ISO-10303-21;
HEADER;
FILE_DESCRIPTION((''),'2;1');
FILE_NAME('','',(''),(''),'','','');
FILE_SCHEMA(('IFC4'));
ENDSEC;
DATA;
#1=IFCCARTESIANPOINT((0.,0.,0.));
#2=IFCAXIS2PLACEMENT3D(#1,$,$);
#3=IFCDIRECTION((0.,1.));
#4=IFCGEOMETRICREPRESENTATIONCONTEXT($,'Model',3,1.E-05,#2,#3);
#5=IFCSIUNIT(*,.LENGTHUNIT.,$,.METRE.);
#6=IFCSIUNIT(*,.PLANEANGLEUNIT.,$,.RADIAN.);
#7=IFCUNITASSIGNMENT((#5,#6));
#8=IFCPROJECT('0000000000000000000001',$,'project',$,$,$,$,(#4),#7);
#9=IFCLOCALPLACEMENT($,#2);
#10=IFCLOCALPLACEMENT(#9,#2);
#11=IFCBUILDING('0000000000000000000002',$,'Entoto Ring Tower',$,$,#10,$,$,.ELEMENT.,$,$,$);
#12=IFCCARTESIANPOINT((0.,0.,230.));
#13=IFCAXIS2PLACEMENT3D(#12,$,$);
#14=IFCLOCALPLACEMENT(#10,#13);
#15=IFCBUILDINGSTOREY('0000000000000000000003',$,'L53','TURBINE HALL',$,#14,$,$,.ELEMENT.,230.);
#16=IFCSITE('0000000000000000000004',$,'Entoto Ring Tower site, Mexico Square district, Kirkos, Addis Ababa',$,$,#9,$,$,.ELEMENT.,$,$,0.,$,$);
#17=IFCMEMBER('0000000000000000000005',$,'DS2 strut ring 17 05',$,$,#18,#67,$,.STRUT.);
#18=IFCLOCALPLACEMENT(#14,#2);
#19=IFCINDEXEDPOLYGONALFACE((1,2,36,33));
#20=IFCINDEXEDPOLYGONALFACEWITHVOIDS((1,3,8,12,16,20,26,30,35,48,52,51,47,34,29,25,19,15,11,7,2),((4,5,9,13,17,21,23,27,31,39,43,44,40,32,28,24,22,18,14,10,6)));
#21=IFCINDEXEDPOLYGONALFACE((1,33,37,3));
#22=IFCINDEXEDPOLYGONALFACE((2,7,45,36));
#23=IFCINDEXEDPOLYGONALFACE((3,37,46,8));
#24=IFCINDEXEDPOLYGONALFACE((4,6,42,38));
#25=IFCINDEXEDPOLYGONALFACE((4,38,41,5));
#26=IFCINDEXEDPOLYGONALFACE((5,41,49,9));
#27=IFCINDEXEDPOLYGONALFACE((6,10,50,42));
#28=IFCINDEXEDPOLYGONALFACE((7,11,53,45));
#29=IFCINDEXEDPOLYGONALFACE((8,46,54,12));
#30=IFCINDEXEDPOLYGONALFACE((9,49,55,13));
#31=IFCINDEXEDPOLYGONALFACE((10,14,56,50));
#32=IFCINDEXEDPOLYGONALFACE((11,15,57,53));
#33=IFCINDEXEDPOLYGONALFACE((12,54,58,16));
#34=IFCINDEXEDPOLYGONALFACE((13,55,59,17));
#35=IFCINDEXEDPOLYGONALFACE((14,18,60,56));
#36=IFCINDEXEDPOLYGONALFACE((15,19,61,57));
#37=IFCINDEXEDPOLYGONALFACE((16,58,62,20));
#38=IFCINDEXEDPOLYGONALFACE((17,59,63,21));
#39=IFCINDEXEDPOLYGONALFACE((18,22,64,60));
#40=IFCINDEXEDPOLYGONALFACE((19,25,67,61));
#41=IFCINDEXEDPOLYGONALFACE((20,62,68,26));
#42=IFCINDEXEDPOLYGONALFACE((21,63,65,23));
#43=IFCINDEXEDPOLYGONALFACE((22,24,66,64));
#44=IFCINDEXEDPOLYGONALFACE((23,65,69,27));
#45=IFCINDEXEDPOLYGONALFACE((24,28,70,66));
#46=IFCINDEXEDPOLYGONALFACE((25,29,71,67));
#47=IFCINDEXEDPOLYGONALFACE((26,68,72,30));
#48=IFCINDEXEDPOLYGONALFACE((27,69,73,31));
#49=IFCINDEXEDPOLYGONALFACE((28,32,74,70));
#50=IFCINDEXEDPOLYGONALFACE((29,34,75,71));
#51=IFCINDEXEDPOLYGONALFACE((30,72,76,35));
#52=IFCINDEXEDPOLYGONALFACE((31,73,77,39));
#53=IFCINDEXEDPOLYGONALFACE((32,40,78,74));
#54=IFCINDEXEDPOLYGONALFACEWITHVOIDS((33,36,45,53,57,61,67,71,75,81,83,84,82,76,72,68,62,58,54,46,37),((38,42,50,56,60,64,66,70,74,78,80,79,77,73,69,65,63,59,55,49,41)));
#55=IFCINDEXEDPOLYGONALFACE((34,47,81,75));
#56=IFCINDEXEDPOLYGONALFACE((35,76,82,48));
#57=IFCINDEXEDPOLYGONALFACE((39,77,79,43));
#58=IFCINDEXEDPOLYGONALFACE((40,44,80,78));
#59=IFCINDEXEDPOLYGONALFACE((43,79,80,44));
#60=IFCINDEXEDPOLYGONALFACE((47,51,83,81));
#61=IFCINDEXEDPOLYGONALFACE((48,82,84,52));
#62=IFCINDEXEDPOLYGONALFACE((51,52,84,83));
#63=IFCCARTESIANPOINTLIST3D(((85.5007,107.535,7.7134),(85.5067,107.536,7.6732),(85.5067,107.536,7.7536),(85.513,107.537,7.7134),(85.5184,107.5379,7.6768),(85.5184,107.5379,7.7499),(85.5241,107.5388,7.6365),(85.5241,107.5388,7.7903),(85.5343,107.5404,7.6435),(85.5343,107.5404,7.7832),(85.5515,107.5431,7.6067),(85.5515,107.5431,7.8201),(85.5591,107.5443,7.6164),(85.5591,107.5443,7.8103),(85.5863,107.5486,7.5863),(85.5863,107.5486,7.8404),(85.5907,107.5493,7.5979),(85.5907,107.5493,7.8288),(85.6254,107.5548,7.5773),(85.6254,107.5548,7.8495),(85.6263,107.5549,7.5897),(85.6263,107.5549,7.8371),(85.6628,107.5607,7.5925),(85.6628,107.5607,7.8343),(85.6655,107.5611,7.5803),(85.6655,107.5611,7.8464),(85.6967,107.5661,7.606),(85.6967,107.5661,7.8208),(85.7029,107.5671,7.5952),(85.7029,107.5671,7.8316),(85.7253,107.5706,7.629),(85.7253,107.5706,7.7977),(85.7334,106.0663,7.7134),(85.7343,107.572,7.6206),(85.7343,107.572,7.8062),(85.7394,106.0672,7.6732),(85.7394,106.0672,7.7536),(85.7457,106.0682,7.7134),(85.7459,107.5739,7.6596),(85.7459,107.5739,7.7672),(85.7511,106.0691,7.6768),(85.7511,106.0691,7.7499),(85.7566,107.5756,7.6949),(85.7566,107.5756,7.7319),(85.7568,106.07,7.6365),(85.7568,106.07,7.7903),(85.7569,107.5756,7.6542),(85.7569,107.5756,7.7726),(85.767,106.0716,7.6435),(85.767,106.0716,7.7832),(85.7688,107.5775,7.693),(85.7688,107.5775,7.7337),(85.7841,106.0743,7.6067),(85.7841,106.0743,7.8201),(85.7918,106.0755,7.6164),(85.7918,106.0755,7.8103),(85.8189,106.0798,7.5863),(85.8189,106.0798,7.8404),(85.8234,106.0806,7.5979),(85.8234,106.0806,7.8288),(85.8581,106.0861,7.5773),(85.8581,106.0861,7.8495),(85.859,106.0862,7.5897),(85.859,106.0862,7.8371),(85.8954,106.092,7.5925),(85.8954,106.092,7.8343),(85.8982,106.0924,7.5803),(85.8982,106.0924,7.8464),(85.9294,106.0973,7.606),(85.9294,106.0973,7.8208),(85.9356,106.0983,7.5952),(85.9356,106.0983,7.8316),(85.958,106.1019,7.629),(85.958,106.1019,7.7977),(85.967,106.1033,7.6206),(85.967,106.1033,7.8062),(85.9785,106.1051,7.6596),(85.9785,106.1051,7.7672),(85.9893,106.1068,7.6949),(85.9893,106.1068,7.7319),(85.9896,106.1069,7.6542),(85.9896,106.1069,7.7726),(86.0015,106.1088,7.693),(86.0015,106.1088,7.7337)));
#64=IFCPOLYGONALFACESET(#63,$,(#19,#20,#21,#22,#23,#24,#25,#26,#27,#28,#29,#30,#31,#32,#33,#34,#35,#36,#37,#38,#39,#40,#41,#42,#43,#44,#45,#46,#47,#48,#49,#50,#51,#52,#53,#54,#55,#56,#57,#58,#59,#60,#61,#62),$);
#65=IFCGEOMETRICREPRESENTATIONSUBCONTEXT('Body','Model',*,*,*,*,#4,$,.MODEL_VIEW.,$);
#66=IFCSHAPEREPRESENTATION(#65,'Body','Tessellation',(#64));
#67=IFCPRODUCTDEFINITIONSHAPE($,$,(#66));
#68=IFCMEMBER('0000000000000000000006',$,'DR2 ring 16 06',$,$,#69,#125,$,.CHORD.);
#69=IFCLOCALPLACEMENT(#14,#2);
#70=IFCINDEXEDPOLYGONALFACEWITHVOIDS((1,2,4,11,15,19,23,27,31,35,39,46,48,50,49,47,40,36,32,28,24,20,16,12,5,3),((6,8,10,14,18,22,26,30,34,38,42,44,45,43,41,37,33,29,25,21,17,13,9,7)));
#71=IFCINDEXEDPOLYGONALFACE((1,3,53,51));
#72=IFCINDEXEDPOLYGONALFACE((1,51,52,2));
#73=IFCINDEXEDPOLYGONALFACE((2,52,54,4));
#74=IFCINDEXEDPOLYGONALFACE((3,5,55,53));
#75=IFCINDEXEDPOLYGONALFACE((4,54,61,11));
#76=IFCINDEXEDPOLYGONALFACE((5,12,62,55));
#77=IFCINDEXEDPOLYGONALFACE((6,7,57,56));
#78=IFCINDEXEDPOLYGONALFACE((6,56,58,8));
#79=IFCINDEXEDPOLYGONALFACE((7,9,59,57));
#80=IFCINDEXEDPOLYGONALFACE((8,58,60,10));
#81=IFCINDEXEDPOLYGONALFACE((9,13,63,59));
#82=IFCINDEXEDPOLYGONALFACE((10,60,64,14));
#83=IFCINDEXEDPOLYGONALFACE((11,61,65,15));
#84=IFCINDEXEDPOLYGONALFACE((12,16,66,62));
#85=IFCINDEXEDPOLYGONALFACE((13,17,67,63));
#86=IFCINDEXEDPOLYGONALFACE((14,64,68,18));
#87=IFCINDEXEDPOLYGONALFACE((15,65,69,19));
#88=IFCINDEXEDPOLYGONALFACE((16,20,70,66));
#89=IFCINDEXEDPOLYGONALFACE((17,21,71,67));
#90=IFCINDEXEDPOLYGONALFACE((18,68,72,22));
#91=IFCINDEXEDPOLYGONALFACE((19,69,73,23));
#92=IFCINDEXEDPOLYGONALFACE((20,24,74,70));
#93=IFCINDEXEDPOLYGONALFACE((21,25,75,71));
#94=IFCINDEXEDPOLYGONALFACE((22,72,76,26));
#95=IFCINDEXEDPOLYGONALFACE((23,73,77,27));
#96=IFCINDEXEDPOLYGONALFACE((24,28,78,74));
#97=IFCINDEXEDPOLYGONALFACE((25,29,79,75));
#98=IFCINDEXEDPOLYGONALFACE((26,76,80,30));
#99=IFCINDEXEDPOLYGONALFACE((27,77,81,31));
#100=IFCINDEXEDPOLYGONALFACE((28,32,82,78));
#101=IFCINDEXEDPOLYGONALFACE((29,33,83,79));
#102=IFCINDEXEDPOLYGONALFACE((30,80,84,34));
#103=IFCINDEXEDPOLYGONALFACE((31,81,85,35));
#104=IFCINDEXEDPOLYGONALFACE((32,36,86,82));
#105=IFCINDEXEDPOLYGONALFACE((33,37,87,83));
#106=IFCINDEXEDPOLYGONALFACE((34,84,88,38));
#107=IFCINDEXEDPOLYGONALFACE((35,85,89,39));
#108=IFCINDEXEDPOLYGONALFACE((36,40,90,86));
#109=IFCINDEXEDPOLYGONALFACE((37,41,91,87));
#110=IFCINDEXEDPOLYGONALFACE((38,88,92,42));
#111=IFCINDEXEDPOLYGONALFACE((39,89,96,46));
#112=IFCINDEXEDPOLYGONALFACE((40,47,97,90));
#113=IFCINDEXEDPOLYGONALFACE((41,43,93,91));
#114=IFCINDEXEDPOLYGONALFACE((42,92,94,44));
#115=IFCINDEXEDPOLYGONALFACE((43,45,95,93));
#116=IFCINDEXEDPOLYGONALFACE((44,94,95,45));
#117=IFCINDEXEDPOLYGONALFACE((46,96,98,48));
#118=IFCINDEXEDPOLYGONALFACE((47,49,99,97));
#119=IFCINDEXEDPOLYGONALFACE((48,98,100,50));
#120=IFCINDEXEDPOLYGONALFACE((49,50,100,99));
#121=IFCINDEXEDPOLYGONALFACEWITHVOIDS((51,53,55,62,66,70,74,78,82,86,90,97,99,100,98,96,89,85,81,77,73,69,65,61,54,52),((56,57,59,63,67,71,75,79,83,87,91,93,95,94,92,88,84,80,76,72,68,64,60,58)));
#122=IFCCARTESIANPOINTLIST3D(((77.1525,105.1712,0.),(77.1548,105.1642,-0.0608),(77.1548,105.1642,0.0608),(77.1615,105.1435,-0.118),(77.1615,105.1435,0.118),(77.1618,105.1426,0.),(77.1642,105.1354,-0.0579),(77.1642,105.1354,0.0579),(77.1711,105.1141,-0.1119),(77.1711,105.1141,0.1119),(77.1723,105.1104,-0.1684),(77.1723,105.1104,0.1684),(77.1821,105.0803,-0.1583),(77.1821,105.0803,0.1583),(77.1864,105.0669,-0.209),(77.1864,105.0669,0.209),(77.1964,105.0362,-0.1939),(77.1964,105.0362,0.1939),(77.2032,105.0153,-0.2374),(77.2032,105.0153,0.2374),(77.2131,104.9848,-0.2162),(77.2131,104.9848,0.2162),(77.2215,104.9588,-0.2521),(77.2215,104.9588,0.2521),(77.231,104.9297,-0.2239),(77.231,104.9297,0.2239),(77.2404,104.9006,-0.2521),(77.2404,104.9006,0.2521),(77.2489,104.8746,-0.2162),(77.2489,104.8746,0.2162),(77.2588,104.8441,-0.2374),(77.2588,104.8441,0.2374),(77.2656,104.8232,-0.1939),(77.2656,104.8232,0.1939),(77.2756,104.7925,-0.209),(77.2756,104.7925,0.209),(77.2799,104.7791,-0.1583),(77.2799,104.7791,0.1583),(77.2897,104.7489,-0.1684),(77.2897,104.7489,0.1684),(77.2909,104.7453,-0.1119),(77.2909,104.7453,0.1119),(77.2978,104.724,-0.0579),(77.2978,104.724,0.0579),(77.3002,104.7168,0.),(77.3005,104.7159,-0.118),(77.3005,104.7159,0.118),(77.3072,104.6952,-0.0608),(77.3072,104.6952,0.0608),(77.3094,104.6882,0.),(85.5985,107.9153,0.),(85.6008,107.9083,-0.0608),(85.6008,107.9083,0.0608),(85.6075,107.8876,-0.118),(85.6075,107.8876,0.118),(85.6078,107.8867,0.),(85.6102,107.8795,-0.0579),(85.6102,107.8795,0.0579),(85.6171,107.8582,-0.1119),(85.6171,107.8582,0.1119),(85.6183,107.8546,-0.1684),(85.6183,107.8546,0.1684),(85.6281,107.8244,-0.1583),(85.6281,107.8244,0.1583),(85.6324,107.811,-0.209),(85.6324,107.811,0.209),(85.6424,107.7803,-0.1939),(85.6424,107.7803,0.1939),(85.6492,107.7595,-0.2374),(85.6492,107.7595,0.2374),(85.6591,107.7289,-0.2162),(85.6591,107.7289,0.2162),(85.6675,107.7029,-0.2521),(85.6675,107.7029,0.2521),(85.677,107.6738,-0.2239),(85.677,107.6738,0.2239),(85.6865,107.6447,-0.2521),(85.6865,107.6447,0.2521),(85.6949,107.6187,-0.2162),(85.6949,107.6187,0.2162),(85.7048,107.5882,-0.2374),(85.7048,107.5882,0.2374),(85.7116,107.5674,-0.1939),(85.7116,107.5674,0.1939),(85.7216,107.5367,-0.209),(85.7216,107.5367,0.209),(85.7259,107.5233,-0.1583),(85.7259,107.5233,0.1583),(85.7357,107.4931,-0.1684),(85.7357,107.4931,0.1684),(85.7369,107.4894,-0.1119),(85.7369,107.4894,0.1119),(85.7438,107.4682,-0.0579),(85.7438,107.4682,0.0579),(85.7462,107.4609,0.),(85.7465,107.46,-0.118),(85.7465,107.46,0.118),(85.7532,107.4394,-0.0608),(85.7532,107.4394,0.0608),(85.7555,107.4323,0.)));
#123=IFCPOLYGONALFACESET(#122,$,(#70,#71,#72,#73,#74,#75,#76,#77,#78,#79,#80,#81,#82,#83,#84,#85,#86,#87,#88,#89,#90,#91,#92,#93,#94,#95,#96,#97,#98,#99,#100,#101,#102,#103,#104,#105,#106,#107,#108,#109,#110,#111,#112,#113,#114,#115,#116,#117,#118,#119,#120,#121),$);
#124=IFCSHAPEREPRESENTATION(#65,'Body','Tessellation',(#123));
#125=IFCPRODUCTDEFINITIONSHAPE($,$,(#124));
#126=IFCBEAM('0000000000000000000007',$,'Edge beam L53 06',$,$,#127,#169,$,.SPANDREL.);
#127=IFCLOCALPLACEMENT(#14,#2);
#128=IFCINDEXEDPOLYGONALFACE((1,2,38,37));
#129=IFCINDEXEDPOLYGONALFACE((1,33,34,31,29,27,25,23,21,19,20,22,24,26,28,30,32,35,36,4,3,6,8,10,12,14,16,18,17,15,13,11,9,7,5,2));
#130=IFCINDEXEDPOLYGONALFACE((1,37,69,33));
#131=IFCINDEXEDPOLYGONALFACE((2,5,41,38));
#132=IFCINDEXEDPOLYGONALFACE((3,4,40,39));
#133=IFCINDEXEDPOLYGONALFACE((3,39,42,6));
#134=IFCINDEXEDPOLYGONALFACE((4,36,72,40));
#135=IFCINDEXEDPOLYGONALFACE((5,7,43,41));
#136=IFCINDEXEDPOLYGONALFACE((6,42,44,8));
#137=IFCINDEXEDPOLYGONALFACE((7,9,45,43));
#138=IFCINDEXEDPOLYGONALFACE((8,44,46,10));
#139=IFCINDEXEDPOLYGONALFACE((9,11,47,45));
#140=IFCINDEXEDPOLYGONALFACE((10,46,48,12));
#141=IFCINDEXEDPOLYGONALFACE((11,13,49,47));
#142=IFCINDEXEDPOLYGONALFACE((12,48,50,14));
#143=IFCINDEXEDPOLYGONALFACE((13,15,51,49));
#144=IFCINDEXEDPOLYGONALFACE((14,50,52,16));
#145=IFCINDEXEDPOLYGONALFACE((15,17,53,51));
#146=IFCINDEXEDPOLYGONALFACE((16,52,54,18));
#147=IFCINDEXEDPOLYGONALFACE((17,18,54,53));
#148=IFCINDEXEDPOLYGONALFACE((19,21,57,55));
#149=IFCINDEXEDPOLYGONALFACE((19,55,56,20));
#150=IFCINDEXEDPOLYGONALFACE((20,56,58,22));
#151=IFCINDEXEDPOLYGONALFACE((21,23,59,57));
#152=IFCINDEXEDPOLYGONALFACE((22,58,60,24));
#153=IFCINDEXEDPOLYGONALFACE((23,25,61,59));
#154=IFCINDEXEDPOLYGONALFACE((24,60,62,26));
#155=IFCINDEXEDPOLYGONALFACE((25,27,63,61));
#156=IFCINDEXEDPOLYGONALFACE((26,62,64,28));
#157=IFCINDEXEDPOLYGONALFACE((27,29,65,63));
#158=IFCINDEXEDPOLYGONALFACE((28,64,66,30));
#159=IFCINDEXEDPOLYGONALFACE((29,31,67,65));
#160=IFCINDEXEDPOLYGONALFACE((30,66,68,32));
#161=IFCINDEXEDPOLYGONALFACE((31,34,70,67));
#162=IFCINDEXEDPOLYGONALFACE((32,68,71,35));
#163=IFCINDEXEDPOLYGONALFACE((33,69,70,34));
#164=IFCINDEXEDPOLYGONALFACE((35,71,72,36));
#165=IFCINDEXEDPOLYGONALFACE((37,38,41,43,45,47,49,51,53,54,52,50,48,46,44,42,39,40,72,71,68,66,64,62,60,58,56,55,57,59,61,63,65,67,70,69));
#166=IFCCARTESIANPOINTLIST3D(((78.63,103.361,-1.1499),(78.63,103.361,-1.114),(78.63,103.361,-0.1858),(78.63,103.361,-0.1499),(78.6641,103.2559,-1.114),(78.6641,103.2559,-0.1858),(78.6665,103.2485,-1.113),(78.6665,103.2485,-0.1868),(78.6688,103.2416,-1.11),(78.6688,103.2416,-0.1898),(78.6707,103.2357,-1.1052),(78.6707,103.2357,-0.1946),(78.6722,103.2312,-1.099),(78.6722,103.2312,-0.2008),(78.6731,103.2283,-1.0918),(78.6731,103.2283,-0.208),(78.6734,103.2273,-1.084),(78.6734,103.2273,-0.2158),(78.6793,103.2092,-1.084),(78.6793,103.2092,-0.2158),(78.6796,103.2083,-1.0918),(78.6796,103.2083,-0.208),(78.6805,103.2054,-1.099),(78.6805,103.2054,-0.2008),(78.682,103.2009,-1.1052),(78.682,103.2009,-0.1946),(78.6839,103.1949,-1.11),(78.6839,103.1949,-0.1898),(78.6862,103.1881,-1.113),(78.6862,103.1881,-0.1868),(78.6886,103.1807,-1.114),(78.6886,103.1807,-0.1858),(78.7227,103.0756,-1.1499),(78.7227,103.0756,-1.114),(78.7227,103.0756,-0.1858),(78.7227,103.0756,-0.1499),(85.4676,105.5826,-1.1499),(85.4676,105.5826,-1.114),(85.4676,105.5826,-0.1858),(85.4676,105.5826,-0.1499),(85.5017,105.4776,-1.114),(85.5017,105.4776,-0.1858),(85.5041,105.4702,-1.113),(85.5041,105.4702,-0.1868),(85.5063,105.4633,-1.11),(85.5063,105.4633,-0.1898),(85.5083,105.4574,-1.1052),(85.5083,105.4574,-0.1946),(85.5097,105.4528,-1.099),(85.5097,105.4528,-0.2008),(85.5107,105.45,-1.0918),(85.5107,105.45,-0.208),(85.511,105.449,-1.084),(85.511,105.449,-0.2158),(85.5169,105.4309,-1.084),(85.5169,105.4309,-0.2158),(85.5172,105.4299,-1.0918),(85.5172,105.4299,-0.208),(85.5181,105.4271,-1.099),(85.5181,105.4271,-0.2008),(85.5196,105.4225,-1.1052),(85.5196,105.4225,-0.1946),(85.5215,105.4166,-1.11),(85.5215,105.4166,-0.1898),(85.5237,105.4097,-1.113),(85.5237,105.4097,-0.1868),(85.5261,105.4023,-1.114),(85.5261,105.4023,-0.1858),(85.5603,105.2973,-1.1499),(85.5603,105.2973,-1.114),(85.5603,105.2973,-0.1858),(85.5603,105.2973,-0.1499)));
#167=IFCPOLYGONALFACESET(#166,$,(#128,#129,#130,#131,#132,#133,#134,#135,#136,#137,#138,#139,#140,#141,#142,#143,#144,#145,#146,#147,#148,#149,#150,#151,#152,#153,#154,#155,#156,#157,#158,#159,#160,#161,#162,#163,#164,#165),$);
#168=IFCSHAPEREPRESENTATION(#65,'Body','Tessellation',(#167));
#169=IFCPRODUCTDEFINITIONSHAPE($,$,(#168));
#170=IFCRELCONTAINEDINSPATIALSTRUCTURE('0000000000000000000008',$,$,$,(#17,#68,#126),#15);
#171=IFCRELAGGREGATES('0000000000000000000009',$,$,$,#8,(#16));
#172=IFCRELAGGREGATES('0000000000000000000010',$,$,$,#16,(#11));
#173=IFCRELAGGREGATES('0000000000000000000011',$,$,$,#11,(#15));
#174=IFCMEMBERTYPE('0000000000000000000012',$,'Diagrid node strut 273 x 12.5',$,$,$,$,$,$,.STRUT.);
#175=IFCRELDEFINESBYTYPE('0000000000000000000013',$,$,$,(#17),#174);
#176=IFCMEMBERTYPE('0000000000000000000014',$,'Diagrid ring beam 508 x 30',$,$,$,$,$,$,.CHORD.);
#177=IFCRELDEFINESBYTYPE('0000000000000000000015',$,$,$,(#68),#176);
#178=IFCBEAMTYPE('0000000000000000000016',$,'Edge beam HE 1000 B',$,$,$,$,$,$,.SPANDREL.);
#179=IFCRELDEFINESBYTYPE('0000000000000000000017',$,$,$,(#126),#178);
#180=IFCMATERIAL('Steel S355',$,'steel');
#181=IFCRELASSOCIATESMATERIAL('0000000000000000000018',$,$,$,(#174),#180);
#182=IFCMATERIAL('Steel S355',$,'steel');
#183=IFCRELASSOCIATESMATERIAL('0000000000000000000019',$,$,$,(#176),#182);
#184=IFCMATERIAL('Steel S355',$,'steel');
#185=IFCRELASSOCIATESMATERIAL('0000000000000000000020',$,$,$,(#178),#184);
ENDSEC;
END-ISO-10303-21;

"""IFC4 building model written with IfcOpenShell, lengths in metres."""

from ifc_helpers import new_model, si_unit, direction, frame, origin, origin_2d, place, context, subcontext, project, spatial, circle, hollow_circle, i_section, extrude, material, material_profile, profile_set, type_object, element, save


model = new_model("IFC4")

# Units and contexts
model_context = context("Model", 3, precision=1e-05, world=origin(), true_north=direction((0.0, 1.0)))
body_context = subcontext(model_context, "Body", "Model", "MODEL_VIEW")
ifc_project = project(units=[si_unit("LENGTHUNIT", "METRE"), si_unit("PLANEANGLEUNIT", "RADIAN")], contexts=[model_context])

# Site, building, storey
site_placement = place(None, origin())
site = spatial("IfcSite", under=ifc_project, at=site_placement, Name="Entoto Ring Tower site, Mexico Square district, Kirkos, Addis Ababa", CompositionType="ELEMENT", RefElevation=0.0)
building_placement = place(site_placement, origin())
building = spatial("IfcBuilding", under=site, at=building_placement, Name="Entoto Ring Tower", CompositionType="ELEMENT")
storey_placement = place(building_placement, frame((0.0, 0.0, 230.0)))
storey = spatial("IfcBuildingStorey", under=building, at=storey_placement, Name="L53", Description="TURBINE HALL", CompositionType="ELEMENT", Elevation=230.0)

# Members
ifc_material_1 = material(Name="Steel S355", Category="steel")
ifc_material_profile_1 = material_profile(ifc_material_1, hollow_circle(Radius=0.1365, WallThickness=0.0125, at=origin_2d()), Name="CHS 273 x 12.5")
ifc_material_2 = material(Name="Concrete C60/75", Category="concrete")
ifc_material_profile_2 = material_profile(ifc_material_2, circle(Radius=0.124, at=origin_2d()), Name="Concrete C60/75 infill")
ifc_profile_set_1 = profile_set([ifc_material_profile_1, ifc_material_profile_2], Name="Steel S355")
member_type_1 = type_object("IfcMemberType", Name="Diagrid node strut 273 x 12.5", PredefinedType="STRUT", material=ifc_profile_set_1)
member_1_placement = place(storey_placement, frame((85.8682, 106.0876, 7.7134), z_axis=(-0.15646, 0.987684, 0.0), x_axis=(-0.987684, -0.15646, 0.0)))
element("IfcMember", 1, at=member_1_placement, inside=storey, type_object=member_type_1, Name="DS2 strut ring 17 05", PredefinedType="STRUT", context=body_context, shape_type="SweptSolid", body=[
    extrude(hollow_circle(Radius=0.1365, WallThickness=0.0125, at=origin_2d()), origin(), (0.0, 0.0, 1.0), 1.4871),
])
ifc_material_3 = material(Name="Steel S355", Category="steel")
ifc_material_profile_3 = material_profile(ifc_material_3, hollow_circle(Radius=0.2539, WallThickness=0.03, at=origin_2d()), Name="CHS 508 x 30")
ifc_material_4 = material(Name="Concrete C60/75", Category="concrete")
ifc_material_profile_4 = material_profile(ifc_material_4, circle(Radius=0.2241, at=origin_2d()), Name="Concrete C60/75 infill")
ifc_profile_set_2 = profile_set([ifc_material_profile_3, ifc_material_profile_4], Name="Steel S355")
member_type_2 = type_object("IfcMemberType", Name="Diagrid ring beam 508 x 30", PredefinedType="CHORD", material=ifc_profile_set_2)
member_2_placement = place(storey_placement, frame((85.677, 107.6738, 0.0), z_axis=(-0.951061, -0.309002, 0.0), x_axis=(0.309002, -0.951061, 0.0)))
element("IfcMember", 2, at=member_2_placement, inside=storey, type_object=member_type_2, Name="DR2 ring 16 06", PredefinedType="CHORD", context=body_context, shape_type="SweptSolid", body=[
    extrude(hollow_circle(Radius=0.2539, WallThickness=0.03, at=origin_2d()), origin(), (0.0, 0.0, 1.0), 8.8806),
])

# Beam
ifc_material_5 = material(Name="Steel S355", Category="steel")
ifc_material_profile_5 = material_profile(ifc_material_5, i_section(OverallWidth=0.3, OverallDepth=1.0, WebThickness=0.019, FlangeThickness=0.0359, FilletRadius=0.03, at=origin_2d()), Name="HE 1000 B")
ifc_profile_set_3 = profile_set([ifc_material_profile_5], Name="Steel S355")
beam_type_1 = type_object("IfcBeamType", Name="Edge beam HE 1000 B", PredefinedType="SPANDREL", material=ifc_profile_set_3)
beam_1_placement = place(storey_placement, frame((85.5139, 105.4399, -0.6499), z_axis=(-0.951057, -0.309016, 0.0), x_axis=(0.309016, -0.951057, 0.0)))
element("IfcBeam", 3, at=beam_1_placement, inside=storey, type_object=beam_type_1, Name="Edge beam L53 06", PredefinedType="SPANDREL", context=body_context, shape_type="SweptSolid", body=[
    extrude(i_section(OverallWidth=0.3, OverallDepth=1.0, WebThickness=0.019, FlangeThickness=0.0359, FilletRadius=0.03, at=origin_2d()), origin(), (0.0, 0.0, 1.0), 7.1895),
])

save(model, "model.ifc")
